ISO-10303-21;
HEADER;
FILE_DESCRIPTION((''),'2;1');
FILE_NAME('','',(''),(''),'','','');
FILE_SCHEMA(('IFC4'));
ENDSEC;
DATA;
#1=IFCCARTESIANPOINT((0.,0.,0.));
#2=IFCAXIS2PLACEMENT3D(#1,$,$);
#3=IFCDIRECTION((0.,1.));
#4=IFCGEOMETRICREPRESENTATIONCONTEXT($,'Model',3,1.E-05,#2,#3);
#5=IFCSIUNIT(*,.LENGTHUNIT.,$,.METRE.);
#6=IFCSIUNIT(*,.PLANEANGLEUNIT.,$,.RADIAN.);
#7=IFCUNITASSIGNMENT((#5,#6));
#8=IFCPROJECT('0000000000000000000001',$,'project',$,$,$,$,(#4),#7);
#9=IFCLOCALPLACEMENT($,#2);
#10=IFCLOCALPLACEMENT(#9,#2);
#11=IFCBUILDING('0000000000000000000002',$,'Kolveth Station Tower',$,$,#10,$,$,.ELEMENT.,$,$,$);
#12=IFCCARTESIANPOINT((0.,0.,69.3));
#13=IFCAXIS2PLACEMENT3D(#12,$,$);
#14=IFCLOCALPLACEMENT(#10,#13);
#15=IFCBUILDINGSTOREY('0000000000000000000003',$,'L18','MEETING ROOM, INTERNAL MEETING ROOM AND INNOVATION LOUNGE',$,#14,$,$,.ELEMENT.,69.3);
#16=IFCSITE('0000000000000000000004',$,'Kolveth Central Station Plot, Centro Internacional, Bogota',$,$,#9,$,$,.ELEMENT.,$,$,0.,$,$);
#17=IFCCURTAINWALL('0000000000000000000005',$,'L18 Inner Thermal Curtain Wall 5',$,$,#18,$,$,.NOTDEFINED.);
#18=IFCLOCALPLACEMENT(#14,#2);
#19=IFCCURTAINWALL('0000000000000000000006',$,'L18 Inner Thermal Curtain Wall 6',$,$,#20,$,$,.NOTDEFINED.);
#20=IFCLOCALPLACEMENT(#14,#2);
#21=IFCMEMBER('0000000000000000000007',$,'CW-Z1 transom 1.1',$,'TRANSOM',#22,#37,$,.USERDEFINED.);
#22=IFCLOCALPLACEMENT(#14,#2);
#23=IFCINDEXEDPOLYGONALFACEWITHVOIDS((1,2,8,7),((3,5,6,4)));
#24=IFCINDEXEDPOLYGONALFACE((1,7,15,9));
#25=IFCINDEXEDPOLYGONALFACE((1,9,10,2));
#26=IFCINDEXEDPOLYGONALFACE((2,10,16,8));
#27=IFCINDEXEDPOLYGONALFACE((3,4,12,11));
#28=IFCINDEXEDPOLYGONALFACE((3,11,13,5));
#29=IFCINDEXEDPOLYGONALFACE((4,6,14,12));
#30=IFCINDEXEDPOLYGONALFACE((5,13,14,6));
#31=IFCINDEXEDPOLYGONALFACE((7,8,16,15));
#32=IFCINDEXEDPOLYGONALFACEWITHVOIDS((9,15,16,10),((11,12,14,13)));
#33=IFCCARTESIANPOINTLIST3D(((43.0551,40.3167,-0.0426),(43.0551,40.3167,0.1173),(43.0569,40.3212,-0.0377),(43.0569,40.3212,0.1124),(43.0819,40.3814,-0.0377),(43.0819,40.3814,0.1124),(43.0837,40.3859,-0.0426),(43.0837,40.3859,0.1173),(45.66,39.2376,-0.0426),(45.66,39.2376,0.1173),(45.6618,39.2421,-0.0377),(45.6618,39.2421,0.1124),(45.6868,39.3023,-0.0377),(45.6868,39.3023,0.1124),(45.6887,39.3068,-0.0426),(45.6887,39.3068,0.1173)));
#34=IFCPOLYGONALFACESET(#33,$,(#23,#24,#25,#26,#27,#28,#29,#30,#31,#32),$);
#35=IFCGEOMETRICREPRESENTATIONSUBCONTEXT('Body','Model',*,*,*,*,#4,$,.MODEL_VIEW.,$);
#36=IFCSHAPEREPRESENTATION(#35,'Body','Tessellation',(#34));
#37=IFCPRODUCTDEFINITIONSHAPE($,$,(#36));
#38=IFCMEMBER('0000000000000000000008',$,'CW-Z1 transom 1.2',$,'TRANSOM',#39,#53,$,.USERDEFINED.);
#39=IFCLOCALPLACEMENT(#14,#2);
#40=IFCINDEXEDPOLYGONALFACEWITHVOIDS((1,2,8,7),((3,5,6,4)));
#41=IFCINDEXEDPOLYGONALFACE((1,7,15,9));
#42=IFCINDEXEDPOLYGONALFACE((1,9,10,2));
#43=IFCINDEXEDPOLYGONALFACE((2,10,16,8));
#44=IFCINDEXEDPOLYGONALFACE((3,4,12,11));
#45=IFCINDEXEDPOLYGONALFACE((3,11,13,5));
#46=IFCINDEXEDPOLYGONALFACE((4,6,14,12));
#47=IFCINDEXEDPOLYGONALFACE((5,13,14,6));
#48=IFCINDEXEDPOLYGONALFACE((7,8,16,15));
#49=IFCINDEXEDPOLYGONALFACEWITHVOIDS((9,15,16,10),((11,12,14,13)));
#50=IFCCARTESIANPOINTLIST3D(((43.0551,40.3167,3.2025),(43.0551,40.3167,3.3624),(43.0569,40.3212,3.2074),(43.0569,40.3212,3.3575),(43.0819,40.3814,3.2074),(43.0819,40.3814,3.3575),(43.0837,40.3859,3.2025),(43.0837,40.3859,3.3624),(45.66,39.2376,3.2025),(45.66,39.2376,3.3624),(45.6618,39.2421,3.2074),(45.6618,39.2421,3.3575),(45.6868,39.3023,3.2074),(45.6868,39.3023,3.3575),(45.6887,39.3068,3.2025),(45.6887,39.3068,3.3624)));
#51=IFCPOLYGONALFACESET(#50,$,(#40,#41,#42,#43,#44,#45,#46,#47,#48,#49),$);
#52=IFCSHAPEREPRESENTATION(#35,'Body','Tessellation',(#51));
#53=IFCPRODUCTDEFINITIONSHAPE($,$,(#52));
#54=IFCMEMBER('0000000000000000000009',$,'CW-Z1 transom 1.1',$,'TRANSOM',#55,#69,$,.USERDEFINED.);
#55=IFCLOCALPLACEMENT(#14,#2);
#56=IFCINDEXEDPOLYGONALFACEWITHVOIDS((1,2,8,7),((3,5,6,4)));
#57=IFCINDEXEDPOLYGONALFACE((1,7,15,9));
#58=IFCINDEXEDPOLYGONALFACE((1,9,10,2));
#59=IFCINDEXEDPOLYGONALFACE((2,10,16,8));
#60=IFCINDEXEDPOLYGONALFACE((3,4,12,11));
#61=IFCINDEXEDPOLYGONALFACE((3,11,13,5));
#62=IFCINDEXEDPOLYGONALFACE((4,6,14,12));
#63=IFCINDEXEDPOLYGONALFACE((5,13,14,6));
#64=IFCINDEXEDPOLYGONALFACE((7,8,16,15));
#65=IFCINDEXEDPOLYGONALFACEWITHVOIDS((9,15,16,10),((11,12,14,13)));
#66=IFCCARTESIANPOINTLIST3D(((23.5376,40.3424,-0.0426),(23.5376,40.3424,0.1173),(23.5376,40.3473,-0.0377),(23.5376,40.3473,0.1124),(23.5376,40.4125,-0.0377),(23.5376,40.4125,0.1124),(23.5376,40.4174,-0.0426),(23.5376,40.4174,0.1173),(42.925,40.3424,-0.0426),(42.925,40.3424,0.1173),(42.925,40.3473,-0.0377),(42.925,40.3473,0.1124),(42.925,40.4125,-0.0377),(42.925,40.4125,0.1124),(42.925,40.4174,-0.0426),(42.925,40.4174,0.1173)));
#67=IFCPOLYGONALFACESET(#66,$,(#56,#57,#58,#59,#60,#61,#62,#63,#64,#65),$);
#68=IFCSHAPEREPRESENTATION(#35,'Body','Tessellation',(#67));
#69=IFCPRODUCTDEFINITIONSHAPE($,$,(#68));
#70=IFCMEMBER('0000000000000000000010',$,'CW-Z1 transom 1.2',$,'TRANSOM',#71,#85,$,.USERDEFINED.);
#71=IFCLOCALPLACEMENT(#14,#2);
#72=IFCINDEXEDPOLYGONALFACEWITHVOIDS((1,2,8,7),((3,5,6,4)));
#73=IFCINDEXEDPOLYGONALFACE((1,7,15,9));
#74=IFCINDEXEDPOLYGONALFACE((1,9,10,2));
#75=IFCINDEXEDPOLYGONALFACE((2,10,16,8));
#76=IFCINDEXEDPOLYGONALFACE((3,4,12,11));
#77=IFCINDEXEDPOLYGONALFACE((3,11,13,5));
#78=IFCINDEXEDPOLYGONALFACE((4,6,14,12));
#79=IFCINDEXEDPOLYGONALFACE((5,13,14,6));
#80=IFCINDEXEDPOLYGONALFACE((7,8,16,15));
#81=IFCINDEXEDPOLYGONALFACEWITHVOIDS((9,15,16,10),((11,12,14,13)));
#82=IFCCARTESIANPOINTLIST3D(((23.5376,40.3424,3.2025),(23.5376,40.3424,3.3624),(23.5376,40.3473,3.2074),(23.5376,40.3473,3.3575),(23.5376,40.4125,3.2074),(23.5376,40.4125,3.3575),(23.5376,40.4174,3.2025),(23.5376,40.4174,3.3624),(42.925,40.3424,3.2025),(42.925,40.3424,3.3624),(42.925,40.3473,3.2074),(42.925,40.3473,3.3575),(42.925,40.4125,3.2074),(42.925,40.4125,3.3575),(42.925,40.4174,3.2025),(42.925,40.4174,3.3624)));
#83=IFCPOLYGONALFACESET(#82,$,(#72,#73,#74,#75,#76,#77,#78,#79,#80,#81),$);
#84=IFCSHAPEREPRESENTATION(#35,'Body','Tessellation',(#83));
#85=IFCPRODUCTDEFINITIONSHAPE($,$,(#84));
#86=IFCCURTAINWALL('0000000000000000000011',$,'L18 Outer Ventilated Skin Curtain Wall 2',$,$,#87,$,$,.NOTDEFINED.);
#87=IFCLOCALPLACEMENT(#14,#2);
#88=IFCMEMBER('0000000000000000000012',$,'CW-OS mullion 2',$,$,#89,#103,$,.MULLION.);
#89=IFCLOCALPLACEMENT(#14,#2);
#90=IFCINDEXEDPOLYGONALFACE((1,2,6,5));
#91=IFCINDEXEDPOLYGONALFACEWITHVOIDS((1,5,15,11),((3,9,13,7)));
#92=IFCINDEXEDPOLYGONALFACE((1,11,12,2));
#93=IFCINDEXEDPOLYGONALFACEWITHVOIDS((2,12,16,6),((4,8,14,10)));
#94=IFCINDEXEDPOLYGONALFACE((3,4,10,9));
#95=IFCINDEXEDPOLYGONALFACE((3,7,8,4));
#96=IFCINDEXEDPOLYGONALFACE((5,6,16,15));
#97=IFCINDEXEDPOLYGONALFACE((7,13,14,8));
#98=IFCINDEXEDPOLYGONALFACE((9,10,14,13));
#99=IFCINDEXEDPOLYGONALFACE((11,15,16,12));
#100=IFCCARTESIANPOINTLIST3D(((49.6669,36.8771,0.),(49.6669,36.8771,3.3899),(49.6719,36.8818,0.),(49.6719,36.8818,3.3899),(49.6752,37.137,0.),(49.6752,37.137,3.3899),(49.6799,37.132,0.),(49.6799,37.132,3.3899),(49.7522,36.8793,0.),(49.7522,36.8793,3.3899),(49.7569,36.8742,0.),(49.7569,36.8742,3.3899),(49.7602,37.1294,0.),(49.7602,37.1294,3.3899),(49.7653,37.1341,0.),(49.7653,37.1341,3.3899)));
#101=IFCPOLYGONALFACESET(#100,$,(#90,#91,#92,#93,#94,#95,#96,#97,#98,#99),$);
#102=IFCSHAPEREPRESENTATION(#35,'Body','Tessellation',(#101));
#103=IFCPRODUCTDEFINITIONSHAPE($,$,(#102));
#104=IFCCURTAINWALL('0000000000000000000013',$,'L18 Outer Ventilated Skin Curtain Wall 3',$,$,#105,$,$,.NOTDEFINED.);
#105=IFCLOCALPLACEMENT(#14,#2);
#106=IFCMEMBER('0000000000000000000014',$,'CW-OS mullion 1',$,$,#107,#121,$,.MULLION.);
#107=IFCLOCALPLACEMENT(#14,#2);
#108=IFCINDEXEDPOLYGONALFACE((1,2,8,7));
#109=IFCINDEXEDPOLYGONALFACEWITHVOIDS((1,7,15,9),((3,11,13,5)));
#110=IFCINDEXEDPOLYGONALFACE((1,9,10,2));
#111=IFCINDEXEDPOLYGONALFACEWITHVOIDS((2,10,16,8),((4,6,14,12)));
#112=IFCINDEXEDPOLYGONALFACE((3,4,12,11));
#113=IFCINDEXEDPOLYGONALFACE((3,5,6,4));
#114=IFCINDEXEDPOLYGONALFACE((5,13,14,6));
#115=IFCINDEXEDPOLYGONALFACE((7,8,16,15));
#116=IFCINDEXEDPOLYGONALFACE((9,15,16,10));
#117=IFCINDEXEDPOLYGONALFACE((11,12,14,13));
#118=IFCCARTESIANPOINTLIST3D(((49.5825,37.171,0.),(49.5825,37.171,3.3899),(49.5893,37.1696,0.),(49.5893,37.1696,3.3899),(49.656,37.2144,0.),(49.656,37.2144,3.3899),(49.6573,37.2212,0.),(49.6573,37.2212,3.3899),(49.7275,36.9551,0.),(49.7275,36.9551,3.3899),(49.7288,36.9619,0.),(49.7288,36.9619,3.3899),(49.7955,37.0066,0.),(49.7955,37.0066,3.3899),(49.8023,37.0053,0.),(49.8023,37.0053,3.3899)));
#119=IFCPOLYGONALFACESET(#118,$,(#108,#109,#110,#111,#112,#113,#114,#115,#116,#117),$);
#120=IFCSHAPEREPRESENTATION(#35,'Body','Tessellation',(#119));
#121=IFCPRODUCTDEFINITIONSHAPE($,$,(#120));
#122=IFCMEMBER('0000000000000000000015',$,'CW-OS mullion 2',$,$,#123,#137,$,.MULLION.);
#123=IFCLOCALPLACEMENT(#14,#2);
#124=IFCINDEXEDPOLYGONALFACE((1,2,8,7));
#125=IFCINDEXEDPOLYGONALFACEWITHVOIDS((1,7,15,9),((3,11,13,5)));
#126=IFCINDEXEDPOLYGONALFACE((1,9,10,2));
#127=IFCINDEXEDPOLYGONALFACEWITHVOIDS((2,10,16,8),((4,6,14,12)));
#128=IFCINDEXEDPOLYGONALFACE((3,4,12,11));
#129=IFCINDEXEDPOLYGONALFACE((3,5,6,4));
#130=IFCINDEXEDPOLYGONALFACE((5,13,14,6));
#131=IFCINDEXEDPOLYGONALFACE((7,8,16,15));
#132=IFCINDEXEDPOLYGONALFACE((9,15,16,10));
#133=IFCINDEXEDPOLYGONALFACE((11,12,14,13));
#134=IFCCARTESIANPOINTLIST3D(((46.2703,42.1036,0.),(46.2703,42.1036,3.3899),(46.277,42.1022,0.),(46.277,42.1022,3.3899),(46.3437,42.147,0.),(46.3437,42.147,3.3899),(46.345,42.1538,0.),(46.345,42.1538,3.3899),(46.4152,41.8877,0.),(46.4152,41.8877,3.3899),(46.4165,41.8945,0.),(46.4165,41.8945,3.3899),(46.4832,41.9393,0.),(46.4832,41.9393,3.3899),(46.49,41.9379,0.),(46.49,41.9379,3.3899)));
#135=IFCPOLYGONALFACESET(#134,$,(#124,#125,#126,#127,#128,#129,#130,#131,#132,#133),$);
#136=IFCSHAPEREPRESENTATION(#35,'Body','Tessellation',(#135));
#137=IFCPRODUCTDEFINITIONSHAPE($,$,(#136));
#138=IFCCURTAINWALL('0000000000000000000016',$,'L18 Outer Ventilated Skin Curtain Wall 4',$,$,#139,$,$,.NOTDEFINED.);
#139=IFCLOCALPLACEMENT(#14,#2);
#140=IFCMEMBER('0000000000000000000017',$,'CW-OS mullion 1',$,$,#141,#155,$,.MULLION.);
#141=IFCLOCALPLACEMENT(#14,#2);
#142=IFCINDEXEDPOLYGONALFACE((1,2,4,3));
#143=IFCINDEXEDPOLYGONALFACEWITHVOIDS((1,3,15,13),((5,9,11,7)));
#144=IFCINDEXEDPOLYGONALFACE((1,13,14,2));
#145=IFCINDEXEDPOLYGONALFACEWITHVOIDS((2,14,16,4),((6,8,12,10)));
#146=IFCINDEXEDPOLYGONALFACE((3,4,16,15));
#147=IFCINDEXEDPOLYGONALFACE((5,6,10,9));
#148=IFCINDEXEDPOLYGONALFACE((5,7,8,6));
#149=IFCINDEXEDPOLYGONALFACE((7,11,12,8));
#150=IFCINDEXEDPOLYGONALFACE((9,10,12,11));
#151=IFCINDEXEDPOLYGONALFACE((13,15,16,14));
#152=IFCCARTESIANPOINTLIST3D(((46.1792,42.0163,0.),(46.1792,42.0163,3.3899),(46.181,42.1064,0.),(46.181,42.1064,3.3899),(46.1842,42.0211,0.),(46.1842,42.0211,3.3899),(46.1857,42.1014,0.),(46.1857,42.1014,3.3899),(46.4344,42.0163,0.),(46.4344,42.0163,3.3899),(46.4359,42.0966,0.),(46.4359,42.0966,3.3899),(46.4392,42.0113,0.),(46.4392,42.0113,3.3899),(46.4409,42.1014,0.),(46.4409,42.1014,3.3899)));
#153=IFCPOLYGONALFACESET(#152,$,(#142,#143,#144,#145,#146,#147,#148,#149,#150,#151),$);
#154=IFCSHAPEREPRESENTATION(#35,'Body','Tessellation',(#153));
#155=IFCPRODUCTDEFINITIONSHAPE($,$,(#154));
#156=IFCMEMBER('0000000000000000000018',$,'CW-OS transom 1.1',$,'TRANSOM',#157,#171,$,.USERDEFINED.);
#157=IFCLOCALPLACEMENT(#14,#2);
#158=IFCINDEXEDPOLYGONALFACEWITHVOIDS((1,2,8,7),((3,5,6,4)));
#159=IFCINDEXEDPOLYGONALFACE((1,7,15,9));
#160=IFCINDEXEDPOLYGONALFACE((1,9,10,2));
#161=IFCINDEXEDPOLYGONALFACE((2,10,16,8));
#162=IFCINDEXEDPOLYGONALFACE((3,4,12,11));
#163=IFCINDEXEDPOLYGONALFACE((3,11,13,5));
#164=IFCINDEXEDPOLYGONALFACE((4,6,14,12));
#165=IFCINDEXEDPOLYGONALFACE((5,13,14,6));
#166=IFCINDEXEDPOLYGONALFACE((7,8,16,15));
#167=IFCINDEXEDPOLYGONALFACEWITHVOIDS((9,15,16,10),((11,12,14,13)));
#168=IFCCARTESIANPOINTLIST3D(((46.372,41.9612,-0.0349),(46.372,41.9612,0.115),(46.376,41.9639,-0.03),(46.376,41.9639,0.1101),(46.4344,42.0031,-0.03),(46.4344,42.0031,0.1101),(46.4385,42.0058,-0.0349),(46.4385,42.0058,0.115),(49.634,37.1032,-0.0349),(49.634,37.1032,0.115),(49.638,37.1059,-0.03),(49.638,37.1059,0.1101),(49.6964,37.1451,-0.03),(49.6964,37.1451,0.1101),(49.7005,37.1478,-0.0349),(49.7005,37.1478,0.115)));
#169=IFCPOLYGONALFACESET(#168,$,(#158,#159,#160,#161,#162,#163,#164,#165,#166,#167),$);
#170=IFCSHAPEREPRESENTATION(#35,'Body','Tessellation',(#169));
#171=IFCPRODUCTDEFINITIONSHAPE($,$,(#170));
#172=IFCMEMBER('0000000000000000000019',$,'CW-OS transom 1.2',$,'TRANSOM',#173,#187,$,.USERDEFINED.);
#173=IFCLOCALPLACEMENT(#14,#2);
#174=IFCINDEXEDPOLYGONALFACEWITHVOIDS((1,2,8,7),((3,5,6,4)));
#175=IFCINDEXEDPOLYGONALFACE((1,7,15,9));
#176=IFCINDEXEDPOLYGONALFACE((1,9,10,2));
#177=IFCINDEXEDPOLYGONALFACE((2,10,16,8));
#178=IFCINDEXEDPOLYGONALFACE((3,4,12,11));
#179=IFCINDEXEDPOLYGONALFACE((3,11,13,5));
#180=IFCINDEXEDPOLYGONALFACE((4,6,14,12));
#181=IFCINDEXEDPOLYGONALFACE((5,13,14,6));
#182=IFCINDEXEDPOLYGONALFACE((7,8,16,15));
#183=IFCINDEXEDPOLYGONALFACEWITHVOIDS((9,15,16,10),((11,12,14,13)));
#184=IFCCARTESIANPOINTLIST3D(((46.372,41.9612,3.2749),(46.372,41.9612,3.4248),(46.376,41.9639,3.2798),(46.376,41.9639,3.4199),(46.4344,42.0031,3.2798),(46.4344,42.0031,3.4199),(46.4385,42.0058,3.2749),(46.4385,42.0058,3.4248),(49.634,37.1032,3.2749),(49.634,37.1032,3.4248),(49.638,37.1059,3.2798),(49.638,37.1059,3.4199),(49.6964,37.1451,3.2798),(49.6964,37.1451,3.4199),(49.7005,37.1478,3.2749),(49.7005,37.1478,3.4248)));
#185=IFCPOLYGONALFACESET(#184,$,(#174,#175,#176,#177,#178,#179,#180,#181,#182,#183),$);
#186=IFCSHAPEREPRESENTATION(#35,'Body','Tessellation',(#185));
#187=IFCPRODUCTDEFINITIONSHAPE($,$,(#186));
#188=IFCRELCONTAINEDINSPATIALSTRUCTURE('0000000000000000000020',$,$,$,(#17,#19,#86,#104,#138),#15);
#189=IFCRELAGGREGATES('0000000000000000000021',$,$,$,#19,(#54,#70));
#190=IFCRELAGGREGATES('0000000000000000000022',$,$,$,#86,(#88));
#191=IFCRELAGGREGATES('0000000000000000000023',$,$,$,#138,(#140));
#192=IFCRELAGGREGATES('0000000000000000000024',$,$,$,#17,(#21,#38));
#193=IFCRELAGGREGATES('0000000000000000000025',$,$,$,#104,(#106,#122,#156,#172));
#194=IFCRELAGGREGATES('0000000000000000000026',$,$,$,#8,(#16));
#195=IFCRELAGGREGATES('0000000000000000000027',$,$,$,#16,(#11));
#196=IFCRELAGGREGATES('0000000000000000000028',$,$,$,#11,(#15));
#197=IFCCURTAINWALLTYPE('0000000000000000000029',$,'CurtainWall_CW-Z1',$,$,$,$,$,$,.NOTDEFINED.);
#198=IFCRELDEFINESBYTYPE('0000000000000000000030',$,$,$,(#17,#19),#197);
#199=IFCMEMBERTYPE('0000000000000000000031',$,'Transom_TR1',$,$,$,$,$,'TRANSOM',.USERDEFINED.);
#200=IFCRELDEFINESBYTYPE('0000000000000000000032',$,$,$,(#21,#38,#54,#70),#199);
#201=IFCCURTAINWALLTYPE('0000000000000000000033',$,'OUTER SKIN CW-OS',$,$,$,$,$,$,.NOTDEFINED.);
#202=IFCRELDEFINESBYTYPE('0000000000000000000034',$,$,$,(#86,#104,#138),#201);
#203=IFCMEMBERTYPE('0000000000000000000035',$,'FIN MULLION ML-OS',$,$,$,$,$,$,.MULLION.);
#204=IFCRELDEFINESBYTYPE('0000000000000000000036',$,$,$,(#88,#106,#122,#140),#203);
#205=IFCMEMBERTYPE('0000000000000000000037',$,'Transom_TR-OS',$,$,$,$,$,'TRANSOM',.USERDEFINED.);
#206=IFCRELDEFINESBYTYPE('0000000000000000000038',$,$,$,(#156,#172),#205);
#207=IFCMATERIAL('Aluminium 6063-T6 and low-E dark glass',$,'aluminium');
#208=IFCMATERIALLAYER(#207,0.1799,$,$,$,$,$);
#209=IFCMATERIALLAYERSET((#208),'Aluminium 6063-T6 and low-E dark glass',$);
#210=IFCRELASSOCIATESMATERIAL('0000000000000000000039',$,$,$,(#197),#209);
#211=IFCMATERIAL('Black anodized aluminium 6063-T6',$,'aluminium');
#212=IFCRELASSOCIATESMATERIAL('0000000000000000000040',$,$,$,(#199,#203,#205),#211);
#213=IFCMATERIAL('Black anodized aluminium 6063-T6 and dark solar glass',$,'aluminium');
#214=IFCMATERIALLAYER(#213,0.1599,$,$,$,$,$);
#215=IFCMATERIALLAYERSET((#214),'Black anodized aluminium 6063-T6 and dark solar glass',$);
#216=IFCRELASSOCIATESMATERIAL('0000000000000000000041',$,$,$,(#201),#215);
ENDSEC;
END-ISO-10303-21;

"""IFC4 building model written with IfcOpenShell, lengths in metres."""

from ifc_helpers import new_model, si_unit, direction, frame, origin, origin_2d, place, context, subcontext, project, spatial, hollow_rectangle, extrude, source, transform, mapped, material, layer, layer_set, material_profile, profile_set, type_object, element, aggregate, save


model = new_model("IFC4")

# Units and contexts
model_context = context("Model", 3, precision=1e-05, world=origin(), true_north=direction((0.0, 1.0)))
body_context = subcontext(model_context, "Body", "Model", "MODEL_VIEW")
ifc_project = project(units=[si_unit("LENGTHUNIT", "METRE"), si_unit("PLANEANGLEUNIT", "RADIAN")], contexts=[model_context])

# Site, building, storey
site_placement = place(None, origin())
site = spatial("IfcSite", under=ifc_project, at=site_placement, Name="Kolveth Central Station Plot, Centro Internacional, Bogota", CompositionType="ELEMENT", RefElevation=0.0)
building_placement = place(site_placement, origin())
building = spatial("IfcBuilding", under=site, at=building_placement, Name="Kolveth Station Tower", CompositionType="ELEMENT")
storey_placement = place(building_placement, frame((0.0, 0.0, 69.3)))
storey = spatial("IfcBuildingStorey", under=building, at=storey_placement, Name="L18", Description="MEETING ROOM, INTERNAL MEETING ROOM AND INNOVATION LOUNGE", CompositionType="ELEMENT", Elevation=69.3)

# Shared definitions
ifc_material_1 = material(Name="Aluminium 6063-T6 and low-E dark glass", Category="aluminium")
ifc_layer_1 = layer(ifc_material_1, 0.1799)
ifc_layer_set_1 = layer_set([ifc_layer_1], Name="Aluminium 6063-T6 and low-E dark glass")
curtain_wall_type_1 = type_object("IfcCurtainWallType", Name="CurtainWall_CW-Z1", PredefinedType="NOTDEFINED", material=ifc_layer_set_1)
ifc_material_2 = material(Name="Black anodized aluminium 6063-T6", Category="aluminium")

# Curtain wall
curtain_wall_1_placement = place(storey_placement, origin())
curtain_wall_1 = element("IfcCurtainWall", 1, at=curtain_wall_1_placement, inside=storey, type_object=curtain_wall_type_1, Name="L18 Inner Thermal Curtain Wall 5", PredefinedType="NOTDEFINED")

# Curtain wall
curtain_wall_2_placement = place(storey_placement, origin())
curtain_wall_2 = element("IfcCurtainWall", 2, at=curtain_wall_2_placement, inside=storey, type_object=curtain_wall_type_1, Name="L18 Inner Thermal Curtain Wall 6", PredefinedType="NOTDEFINED")

# Members
ifc_material_profile_1 = material_profile(ifc_material_2, hollow_rectangle(XDim=0.075, YDim=0.1599, WallThickness=0.0049, at=origin_2d()), Name="ALU-75x160x5")
ifc_profile_set_1 = profile_set([ifc_material_profile_1], Name="Black anodized aluminium 6063-T6")
member_type_1 = type_object("IfcMemberType", Name="Transom_TR1", ElementType="TRANSOM", PredefinedType="USERDEFINED", material=ifc_profile_set_1)
shared_shape_1 = source(origin(), body_context, "Body", "SweptSolid", [
    extrude(hollow_rectangle(XDim=0.075, YDim=0.1599, WallThickness=0.0049, at=origin_2d()), origin(), (0.0, 0.0, 1.0), 2.8196),
])
member_1_placement = place(storey_placement, frame((45.6743, 39.2722, 0.0374), z_axis=(-0.923869, 0.382709, 0.0), x_axis=(-0.382709, -0.923869, 0.0)))
member_1 = element("IfcMember", 3, at=member_1_placement, type_object=member_type_1, Name="CW-Z1 transom 1.1", ObjectType="TRANSOM", PredefinedType="USERDEFINED", context=body_context, shape_type="MappedRepresentation", body=[
    mapped(shared_shape_1, transform((0.0, 0.0, 0.0), x_axis=(1.0, 0.0, 0.0), y_axis=(0.0, 1.0, 0.0), z_axis=(0.0, 0.0, 1.0), scale=1.0)),
])
member_2_placement = place(storey_placement, frame((45.6743, 39.2722, 3.2825), z_axis=(-0.923869, 0.382709, 0.0), x_axis=(-0.382709, -0.923869, 0.0)))
member_2 = element("IfcMember", 4, at=member_2_placement, type_object=member_type_1, Name="CW-Z1 transom 1.2", ObjectType="TRANSOM", PredefinedType="USERDEFINED", context=body_context, shape_type="MappedRepresentation", body=[
    mapped(shared_shape_1, transform((0.0, 0.0, 0.0), x_axis=(1.0, 0.0, 0.0), y_axis=(0.0, 1.0, 0.0), z_axis=(0.0, 0.0, 1.0), scale=1.0)),
])
shared_shape_2 = source(origin(), body_context, "Body", "SweptSolid", [
    extrude(hollow_rectangle(XDim=0.075, YDim=0.1599, WallThickness=0.0049, at=origin_2d()), origin(), (0.0, 0.0, 1.0), 19.3875),
])
member_3_placement = place(storey_placement, frame((42.925, 40.3799, 0.0374), z_axis=(-1.0, 0.0, 0.0), x_axis=(0.0, -1.0, 0.0)))
member_3 = element("IfcMember", 5, at=member_3_placement, type_object=member_type_1, Name="CW-Z1 transom 1.1", ObjectType="TRANSOM", PredefinedType="USERDEFINED", context=body_context, shape_type="MappedRepresentation", body=[
    mapped(shared_shape_2, transform((0.0, 0.0, 0.0), x_axis=(1.0, 0.0, 0.0), y_axis=(0.0, 1.0, 0.0), z_axis=(0.0, 0.0, 1.0), scale=1.0)),
])
member_4_placement = place(storey_placement, frame((42.925, 40.3799, 3.2825), z_axis=(-1.0, 0.0, 0.0), x_axis=(0.0, -1.0, 0.0)))
member_4 = element("IfcMember", 6, at=member_4_placement, type_object=member_type_1, Name="CW-Z1 transom 1.2", ObjectType="TRANSOM", PredefinedType="USERDEFINED", context=body_context, shape_type="MappedRepresentation", body=[
    mapped(shared_shape_2, transform((0.0, 0.0, 0.0), x_axis=(1.0, 0.0, 0.0), y_axis=(0.0, 1.0, 0.0), z_axis=(0.0, 0.0, 1.0), scale=1.0)),
])
aggregate(curtain_wall_2, [member_3, member_4])

# Curtain wall, member
ifc_material_3 = material(Name="Black anodized aluminium 6063-T6 and dark solar glass", Category="aluminium")
ifc_layer_2 = layer(ifc_material_3, 0.1599)
ifc_layer_set_2 = layer_set([ifc_layer_2], Name="Black anodized aluminium 6063-T6 and dark solar glass")
curtain_wall_type_2 = type_object("IfcCurtainWallType", Name="OUTER SKIN CW-OS", PredefinedType="NOTDEFINED", material=ifc_layer_set_2)
curtain_wall_3_placement = place(storey_placement, origin())
curtain_wall_3 = element("IfcCurtainWall", 7, at=curtain_wall_3_placement, inside=storey, type_object=curtain_wall_type_2, Name="L18 Outer Ventilated Skin Curtain Wall 2", PredefinedType="NOTDEFINED")
ifc_material_profile_2 = material_profile(ifc_material_2, hollow_rectangle(XDim=0.0901, YDim=0.26, WallThickness=0.0049, at=origin_2d()), Name="ALU-90x260x5")
ifc_profile_set_2 = profile_set([ifc_material_profile_2], Name="Black anodized aluminium 6063-T6")
member_type_2 = type_object("IfcMemberType", Name="FIN MULLION ML-OS", PredefinedType="MULLION", material=ifc_profile_set_2)
shared_shape_3 = source(origin(), body_context, "Body", "SweptSolid", [
    extrude(hollow_rectangle(XDim=0.0901, YDim=0.26, WallThickness=0.0049, at=origin_2d()), origin(), (0.0, 0.0, 1.0), 3.3899),
])
member_5_placement = place(storey_placement, frame((49.7161, 37.0056, 0.0), z_axis=(0.0, 0.0, 1.0), x_axis=(-0.999485, 0.0321, 0.0)))
member_5 = element("IfcMember", 8, at=member_5_placement, type_object=member_type_2, Name="CW-OS mullion 2", PredefinedType="MULLION", context=body_context, shape_type="MappedRepresentation", body=[
    mapped(shared_shape_3, transform((0.0, 0.0, 0.0), x_axis=(1.0, 0.0, 0.0), y_axis=(0.0, 1.0, 0.0), z_axis=(0.0, 0.0, 1.0), scale=1.0)),
])
aggregate(curtain_wall_3, [member_5])

# Curtain wall, members
curtain_wall_4_placement = place(storey_placement, origin())
curtain_wall_4 = element("IfcCurtainWall", 9, at=curtain_wall_4_placement, inside=storey, type_object=curtain_wall_type_2, Name="L18 Outer Ventilated Skin Curtain Wall 3", PredefinedType="NOTDEFINED")
member_6_placement = place(storey_placement, frame((49.6924, 37.0881, 0.0), z_axis=(0.0, 0.0, 1.0), x_axis=(-0.830194, -0.557475, 0.0)))
member_6 = element("IfcMember", 10, at=member_6_placement, type_object=member_type_2, Name="CW-OS mullion 1", PredefinedType="MULLION", context=body_context, shape_type="MappedRepresentation", body=[
    mapped(shared_shape_3, transform((0.0, 0.0, 0.0), x_axis=(1.0, 0.0, 0.0), y_axis=(0.0, 1.0, 0.0), z_axis=(0.0, 0.0, 1.0), scale=1.0)),
])
member_7_placement = place(storey_placement, frame((46.3801, 42.0208, 0.0), z_axis=(0.0, 0.0, 1.0), x_axis=(-0.830194, -0.557475, 0.0)))
member_7 = element("IfcMember", 11, at=member_7_placement, type_object=member_type_2, Name="CW-OS mullion 2", PredefinedType="MULLION", context=body_context, shape_type="MappedRepresentation", body=[
    mapped(shared_shape_3, transform((0.0, 0.0, 0.0), x_axis=(1.0, 0.0, 0.0), y_axis=(0.0, 1.0, 0.0), z_axis=(0.0, 0.0, 1.0), scale=1.0)),
])

# Curtain wall, member
curtain_wall_5_placement = place(storey_placement, origin())
curtain_wall_5 = element("IfcCurtainWall", 12, at=curtain_wall_5_placement, inside=storey, type_object=curtain_wall_type_2, Name="L18 Outer Ventilated Skin Curtain Wall 4", PredefinedType="NOTDEFINED")
member_8_placement = place(storey_placement, frame((46.3101, 42.0588, 0.0), z_axis=(0.0, 0.0, 1.0), x_axis=(-0.019361, -0.999813, 0.0)))
member_8 = element("IfcMember", 13, at=member_8_placement, type_object=member_type_2, Name="CW-OS mullion 1", PredefinedType="MULLION", context=body_context, shape_type="MappedRepresentation", body=[
    mapped(shared_shape_3, transform((0.0, 0.0, 0.0), x_axis=(1.0, 0.0, 0.0), y_axis=(0.0, 1.0, 0.0), z_axis=(0.0, 0.0, 1.0), scale=1.0)),
])

# Members
ifc_material_profile_3 = material_profile(ifc_material_2, hollow_rectangle(XDim=0.0801, YDim=0.1499, WallThickness=0.0049, at=origin_2d()), Name="ALU-80x150x5")
ifc_profile_set_3 = profile_set([ifc_material_profile_3], Name="Black anodized aluminium 6063-T6")
member_type_3 = type_object("IfcMemberType", Name="Transom_TR-OS", ElementType="TRANSOM", PredefinedType="USERDEFINED", material=ifc_profile_set_3)
shared_shape_4 = source(origin(), body_context, "Body", "SweptSolid", [
    extrude(hollow_rectangle(XDim=0.0801, YDim=0.1499, WallThickness=0.0049, at=origin_2d()), origin(), (0.0, 0.0, 1.0), 5.8516),
])
member_9_placement = place(storey_placement, frame((49.6672, 37.1255, 0.04), z_axis=(-0.55746, 0.830203, 0.0), x_axis=(-0.830203, -0.55746, 0.0)))
member_9 = element("IfcMember", 14, at=member_9_placement, type_object=member_type_3, Name="CW-OS transom 1.1", ObjectType="TRANSOM", PredefinedType="USERDEFINED", context=body_context, shape_type="MappedRepresentation", body=[
    mapped(shared_shape_4, transform((0.0, 0.0, 0.0), x_axis=(1.0, 0.0, 0.0), y_axis=(0.0, 1.0, 0.0), z_axis=(0.0, 0.0, 1.0), scale=1.0)),
])
member_10_placement = place(storey_placement, frame((49.6672, 37.1255, 3.3499), z_axis=(-0.55746, 0.830203, 0.0), x_axis=(-0.830203, -0.55746, 0.0)))
member_10 = element("IfcMember", 15, at=member_10_placement, type_object=member_type_3, Name="CW-OS transom 1.2", ObjectType="TRANSOM", PredefinedType="USERDEFINED", context=body_context, shape_type="MappedRepresentation", body=[
    mapped(shared_shape_4, transform((0.0, 0.0, 0.0), x_axis=(1.0, 0.0, 0.0), y_axis=(0.0, 1.0, 0.0), z_axis=(0.0, 0.0, 1.0), scale=1.0)),
])
aggregate(curtain_wall_5, [member_8])

aggregate(curtain_wall_1, [member_1, member_2])
aggregate(curtain_wall_4, [member_6, member_7, member_9, member_10])

save(model, "model.ifc")
